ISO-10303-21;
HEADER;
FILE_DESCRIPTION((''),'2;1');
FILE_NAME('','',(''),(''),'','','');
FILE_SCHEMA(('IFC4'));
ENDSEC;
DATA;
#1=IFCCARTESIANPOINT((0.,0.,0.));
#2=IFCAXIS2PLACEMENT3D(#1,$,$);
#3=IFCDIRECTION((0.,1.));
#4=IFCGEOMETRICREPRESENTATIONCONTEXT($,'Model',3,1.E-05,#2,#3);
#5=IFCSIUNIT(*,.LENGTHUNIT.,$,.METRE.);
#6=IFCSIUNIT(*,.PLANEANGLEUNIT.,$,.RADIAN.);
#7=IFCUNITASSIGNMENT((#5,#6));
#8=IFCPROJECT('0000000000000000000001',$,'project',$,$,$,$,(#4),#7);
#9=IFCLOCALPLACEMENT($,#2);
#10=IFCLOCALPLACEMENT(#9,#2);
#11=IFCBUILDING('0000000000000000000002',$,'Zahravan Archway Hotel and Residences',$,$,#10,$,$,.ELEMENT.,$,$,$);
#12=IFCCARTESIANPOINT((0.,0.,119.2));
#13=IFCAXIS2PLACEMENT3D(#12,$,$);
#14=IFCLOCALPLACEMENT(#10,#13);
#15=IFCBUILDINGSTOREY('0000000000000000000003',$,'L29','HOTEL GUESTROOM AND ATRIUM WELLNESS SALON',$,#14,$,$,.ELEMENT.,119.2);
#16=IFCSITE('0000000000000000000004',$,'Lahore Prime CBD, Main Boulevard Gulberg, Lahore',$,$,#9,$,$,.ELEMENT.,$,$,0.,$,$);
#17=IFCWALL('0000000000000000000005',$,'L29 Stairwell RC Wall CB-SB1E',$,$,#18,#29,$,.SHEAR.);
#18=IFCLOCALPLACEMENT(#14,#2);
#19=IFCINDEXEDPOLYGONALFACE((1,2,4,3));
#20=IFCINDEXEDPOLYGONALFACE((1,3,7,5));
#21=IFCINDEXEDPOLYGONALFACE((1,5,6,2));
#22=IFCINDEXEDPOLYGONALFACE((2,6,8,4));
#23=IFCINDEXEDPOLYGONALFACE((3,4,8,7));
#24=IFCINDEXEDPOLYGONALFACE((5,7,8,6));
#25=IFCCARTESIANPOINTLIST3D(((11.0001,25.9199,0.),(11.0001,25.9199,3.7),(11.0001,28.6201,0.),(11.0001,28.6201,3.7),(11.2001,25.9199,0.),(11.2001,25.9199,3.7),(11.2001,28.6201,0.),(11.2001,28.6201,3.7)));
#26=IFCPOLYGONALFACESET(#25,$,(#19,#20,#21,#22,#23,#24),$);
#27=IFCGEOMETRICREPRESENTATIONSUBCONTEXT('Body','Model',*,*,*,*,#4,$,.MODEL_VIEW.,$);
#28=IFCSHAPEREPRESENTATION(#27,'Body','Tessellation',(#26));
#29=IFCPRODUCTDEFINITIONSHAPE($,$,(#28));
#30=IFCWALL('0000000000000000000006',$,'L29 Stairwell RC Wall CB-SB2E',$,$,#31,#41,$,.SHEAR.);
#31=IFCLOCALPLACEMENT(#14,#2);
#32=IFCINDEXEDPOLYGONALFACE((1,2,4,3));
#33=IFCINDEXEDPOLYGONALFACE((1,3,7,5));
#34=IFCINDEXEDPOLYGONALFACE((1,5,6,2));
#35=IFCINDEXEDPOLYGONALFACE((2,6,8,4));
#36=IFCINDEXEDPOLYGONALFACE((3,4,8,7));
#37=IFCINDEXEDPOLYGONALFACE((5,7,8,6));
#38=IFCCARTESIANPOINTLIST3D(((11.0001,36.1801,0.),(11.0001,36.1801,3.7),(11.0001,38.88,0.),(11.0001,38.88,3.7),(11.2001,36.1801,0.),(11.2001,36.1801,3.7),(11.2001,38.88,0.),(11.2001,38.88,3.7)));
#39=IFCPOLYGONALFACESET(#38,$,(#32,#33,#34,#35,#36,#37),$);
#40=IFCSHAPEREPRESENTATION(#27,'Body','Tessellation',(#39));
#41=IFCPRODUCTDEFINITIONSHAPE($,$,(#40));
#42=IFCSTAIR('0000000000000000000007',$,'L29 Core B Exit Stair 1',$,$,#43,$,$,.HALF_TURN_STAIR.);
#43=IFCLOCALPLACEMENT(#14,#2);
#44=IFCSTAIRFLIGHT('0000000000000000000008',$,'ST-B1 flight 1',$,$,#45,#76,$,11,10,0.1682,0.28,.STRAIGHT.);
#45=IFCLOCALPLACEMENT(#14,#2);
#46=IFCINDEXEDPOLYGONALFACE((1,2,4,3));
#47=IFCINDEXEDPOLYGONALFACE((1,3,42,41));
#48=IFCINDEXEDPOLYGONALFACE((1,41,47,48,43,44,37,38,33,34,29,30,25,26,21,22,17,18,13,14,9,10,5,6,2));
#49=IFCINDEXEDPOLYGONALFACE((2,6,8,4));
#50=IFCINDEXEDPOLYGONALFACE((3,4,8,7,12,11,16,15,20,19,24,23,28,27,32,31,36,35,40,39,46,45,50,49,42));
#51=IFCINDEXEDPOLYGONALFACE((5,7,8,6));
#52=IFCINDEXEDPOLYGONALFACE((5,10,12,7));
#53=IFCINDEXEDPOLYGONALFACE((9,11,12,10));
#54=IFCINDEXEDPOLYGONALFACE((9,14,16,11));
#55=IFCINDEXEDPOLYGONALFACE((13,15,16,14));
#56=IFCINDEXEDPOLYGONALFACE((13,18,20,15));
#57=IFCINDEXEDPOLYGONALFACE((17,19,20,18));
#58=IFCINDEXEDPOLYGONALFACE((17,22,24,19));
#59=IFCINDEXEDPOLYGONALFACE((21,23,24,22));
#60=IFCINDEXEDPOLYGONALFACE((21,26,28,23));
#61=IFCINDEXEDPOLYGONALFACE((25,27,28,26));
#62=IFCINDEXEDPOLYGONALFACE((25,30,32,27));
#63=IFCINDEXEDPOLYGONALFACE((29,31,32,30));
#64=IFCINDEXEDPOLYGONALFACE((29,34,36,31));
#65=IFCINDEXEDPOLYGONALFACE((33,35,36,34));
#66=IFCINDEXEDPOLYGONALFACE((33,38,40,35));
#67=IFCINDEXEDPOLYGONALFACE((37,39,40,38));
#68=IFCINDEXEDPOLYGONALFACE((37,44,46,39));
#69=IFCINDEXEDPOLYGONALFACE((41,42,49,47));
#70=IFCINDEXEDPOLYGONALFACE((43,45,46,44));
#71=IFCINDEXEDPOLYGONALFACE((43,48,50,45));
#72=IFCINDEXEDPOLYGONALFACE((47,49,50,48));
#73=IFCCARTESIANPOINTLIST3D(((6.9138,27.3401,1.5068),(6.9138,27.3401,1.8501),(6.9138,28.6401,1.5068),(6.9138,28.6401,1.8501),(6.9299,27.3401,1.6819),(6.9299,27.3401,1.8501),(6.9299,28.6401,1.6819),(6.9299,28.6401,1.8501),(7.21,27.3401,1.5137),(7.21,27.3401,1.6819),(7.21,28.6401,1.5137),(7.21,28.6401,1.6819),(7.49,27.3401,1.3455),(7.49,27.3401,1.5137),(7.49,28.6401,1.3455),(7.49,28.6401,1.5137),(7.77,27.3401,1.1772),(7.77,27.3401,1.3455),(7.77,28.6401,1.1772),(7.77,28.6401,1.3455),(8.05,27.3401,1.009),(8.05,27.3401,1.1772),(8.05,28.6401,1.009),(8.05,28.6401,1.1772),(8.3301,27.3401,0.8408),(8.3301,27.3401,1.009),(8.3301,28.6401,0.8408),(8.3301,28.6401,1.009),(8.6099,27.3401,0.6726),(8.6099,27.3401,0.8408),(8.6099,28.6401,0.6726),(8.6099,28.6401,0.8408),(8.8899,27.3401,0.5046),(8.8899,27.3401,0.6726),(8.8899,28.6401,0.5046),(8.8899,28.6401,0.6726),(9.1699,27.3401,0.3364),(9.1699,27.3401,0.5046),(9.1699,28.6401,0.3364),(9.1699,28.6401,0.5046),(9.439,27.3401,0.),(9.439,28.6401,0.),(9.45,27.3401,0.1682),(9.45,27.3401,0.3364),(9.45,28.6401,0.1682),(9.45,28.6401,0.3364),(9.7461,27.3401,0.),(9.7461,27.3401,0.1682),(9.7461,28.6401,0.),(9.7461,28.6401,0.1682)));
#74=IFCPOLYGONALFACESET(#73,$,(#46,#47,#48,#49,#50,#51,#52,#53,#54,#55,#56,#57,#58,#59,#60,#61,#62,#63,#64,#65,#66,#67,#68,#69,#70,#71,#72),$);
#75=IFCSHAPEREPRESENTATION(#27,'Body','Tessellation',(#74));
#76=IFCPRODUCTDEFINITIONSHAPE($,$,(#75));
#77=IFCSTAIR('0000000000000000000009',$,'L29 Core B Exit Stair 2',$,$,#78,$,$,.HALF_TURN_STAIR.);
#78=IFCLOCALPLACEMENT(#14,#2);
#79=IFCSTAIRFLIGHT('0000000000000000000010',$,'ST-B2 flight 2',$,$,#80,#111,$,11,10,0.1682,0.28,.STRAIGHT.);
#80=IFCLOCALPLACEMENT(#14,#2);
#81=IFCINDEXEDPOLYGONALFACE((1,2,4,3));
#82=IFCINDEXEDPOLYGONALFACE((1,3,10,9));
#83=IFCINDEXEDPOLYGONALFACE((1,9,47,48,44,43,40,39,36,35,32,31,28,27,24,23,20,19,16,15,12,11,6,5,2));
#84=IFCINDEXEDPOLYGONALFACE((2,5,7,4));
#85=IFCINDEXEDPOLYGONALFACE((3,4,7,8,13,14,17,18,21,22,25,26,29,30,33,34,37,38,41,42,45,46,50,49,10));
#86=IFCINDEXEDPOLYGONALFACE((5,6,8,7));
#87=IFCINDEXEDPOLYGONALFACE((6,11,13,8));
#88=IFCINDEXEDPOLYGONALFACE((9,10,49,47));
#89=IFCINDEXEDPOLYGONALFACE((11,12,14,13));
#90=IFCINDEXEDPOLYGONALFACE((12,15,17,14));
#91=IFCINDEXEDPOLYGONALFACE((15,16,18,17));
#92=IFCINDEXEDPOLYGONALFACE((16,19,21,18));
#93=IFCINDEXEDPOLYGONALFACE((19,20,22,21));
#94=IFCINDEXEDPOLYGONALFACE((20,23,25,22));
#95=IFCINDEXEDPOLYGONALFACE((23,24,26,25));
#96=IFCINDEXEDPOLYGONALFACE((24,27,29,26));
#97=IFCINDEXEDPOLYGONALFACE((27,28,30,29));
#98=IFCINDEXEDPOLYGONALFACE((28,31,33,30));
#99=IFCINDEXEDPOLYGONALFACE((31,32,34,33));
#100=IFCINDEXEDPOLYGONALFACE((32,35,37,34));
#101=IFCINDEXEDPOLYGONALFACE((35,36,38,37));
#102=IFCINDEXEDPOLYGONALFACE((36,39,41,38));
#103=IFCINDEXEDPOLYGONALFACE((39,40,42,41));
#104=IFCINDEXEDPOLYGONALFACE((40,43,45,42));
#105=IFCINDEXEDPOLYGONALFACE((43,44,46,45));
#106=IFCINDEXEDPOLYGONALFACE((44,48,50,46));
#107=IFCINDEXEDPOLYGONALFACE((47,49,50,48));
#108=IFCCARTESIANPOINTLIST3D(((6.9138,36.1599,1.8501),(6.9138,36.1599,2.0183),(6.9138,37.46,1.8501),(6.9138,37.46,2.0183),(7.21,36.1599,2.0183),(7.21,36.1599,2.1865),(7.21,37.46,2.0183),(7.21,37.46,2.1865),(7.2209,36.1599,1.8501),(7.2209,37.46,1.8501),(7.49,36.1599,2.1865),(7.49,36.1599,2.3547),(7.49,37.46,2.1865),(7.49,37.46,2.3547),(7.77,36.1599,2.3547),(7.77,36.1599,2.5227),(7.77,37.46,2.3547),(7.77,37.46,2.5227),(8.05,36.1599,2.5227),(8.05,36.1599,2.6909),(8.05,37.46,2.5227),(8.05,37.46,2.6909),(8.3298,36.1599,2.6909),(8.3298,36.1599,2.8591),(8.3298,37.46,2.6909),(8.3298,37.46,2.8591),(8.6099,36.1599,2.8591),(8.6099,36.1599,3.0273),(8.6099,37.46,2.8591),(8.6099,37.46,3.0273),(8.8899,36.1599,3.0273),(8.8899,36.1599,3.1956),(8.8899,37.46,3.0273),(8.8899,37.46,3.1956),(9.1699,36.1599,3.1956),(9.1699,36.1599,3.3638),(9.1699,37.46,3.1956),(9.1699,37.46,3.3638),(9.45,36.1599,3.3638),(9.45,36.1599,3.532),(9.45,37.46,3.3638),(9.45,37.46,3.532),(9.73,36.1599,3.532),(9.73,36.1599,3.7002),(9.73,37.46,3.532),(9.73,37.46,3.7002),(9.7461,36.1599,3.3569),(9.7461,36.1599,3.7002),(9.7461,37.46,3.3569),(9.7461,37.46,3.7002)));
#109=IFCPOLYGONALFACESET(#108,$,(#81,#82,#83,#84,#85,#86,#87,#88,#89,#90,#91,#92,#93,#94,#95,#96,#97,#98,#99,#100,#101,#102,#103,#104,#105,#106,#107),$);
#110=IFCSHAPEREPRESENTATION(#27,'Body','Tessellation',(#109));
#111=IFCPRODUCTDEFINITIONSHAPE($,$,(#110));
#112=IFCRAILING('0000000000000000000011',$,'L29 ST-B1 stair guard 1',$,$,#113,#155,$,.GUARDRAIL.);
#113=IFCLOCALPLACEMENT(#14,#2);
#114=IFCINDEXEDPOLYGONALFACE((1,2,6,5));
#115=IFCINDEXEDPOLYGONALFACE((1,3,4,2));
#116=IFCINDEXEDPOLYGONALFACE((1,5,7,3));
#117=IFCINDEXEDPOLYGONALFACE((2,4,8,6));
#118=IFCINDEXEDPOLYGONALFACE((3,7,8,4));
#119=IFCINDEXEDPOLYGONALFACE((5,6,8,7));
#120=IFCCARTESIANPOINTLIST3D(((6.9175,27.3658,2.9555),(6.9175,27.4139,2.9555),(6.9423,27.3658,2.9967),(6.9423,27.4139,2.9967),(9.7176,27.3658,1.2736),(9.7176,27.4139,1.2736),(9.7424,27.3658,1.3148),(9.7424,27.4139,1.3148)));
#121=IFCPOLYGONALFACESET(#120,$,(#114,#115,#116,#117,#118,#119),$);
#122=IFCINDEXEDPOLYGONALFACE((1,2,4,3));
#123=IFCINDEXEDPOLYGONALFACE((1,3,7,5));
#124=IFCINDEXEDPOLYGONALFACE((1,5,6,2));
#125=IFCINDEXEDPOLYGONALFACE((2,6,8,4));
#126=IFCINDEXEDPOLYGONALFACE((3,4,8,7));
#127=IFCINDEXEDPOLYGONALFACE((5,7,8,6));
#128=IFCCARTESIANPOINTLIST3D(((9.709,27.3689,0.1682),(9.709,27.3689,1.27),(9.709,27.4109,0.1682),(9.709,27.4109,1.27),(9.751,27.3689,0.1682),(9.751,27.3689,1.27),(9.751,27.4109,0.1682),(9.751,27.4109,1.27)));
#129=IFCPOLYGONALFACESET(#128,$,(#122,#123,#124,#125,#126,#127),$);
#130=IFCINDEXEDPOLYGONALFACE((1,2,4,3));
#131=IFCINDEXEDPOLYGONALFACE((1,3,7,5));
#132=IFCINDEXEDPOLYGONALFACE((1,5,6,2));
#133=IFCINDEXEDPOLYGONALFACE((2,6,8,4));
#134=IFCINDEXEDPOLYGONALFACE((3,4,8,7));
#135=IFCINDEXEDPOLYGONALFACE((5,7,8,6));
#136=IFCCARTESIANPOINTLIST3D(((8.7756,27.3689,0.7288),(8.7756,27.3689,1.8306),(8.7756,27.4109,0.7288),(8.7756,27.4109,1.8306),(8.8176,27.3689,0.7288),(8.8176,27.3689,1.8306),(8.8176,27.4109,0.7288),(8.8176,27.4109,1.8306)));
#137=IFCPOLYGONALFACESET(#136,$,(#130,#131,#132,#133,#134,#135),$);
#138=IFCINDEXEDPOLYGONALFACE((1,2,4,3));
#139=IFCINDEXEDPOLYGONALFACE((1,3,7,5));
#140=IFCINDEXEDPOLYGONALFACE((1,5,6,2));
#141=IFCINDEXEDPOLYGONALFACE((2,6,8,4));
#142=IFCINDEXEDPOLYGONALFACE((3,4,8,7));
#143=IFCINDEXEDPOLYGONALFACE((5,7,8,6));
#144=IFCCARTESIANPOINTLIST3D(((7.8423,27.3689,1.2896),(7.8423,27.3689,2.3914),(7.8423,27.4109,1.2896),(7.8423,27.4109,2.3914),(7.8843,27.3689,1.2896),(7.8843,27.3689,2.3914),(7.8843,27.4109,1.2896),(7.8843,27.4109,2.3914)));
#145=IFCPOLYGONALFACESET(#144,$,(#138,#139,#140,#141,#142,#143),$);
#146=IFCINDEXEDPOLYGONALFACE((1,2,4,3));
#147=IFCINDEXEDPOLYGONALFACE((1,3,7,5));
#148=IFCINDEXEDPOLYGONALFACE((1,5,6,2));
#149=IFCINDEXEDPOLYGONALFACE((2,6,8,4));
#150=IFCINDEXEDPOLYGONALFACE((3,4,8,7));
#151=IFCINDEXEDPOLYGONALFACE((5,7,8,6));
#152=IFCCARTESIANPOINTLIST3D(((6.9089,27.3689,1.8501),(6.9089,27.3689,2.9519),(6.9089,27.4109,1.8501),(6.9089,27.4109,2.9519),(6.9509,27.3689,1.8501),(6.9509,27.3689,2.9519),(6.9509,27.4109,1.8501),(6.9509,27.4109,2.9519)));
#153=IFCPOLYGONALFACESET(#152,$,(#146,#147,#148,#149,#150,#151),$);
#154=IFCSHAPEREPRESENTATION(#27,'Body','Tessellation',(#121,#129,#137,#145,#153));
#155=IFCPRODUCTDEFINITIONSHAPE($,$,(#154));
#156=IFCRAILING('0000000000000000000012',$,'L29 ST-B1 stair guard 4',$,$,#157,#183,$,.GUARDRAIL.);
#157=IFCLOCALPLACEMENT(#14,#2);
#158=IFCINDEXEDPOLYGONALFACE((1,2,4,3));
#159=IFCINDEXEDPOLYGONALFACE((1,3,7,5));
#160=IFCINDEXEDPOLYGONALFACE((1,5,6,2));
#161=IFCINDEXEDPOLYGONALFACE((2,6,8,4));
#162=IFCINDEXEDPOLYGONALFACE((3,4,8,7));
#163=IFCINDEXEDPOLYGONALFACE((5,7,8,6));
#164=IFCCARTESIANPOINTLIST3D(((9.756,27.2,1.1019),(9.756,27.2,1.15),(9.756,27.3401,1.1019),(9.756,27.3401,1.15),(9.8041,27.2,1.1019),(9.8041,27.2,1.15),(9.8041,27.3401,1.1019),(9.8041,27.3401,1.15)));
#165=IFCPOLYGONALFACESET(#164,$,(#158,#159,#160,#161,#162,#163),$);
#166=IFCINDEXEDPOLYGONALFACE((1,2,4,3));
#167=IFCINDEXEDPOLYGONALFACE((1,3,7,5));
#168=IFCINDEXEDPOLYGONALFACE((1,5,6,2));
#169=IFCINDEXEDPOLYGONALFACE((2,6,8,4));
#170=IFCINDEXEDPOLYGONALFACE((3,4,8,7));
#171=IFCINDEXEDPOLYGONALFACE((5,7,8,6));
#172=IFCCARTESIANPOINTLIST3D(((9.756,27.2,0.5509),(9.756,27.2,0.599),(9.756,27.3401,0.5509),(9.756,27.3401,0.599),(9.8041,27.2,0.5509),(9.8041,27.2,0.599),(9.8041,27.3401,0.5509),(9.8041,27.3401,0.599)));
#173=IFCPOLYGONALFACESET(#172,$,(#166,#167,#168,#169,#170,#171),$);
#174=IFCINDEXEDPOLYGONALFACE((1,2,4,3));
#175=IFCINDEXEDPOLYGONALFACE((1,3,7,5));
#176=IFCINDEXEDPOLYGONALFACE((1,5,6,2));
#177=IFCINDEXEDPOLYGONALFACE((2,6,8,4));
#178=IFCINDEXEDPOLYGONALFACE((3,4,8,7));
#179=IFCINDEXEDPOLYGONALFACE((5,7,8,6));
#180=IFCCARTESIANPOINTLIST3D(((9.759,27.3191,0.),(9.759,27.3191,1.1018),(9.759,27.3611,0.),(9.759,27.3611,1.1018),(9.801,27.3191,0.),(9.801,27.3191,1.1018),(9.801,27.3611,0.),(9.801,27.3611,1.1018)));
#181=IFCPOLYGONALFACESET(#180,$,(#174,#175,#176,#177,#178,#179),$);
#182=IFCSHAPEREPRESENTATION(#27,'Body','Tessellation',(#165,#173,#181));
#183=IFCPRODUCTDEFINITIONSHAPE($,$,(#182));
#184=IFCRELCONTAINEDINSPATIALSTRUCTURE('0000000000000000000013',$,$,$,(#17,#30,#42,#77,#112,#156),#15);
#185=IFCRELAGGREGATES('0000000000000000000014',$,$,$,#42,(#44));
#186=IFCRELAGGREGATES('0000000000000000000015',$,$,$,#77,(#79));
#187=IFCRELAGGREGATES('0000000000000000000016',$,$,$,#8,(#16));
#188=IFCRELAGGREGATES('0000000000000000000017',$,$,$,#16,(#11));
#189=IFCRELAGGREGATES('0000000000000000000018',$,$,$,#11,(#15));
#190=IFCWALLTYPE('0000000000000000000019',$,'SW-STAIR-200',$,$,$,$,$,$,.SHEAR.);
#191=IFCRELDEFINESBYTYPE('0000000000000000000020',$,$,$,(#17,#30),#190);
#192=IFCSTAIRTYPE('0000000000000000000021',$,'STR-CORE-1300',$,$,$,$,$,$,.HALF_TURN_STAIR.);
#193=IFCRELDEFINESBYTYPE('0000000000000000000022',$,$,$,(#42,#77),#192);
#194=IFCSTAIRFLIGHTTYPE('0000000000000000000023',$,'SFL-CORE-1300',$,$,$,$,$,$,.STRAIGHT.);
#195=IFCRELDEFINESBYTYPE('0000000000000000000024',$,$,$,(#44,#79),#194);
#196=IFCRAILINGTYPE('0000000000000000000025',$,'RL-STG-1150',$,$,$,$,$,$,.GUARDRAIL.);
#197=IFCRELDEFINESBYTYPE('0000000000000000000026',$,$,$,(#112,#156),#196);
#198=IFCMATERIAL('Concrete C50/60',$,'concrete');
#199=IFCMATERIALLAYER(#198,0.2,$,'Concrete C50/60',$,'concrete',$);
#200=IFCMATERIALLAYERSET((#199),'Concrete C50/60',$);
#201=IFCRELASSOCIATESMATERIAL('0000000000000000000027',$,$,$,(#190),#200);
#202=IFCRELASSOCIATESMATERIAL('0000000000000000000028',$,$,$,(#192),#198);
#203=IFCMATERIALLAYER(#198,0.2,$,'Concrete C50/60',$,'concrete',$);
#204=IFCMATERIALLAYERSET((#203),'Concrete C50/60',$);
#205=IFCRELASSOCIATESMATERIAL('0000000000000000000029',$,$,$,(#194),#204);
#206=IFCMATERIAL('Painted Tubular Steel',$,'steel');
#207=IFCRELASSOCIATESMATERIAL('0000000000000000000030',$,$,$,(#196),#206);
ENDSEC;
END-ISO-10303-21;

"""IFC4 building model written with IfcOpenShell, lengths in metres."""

from ifc_helpers import new_model, si_unit, direction, frame, frame_2d, origin, origin_2d, place, context, subcontext, project, spatial, polyline, rectangle, outline, extrude, source, transform, mapped, material, layer, layer_set, type_object, element, aggregate, save


model = new_model("IFC4")

# Units and contexts
model_context = context("Model", 3, precision=1e-05, world=origin(), true_north=direction((0.0, 1.0)))
body_context = subcontext(model_context, "Body", "Model", "MODEL_VIEW")
ifc_project = project(units=[si_unit("LENGTHUNIT", "METRE"), si_unit("PLANEANGLEUNIT", "RADIAN")], contexts=[model_context])

# Site, building, storey
site_placement = place(None, origin())
site = spatial("IfcSite", under=ifc_project, at=site_placement, Name="Lahore Prime CBD, Main Boulevard Gulberg, Lahore", CompositionType="ELEMENT", RefElevation=0.0)
building_placement = place(site_placement, origin())
building = spatial("IfcBuilding", under=site, at=building_placement, Name="Zahravan Archway Hotel and Residences", CompositionType="ELEMENT")
storey_placement = place(building_placement, frame((0.0, 0.0, 119.2)))
storey = spatial("IfcBuildingStorey", under=building, at=storey_placement, Name="L29", Description="HOTEL GUESTROOM AND ATRIUM WELLNESS SALON", CompositionType="ELEMENT", Elevation=119.2)

# Walls
ifc_material_1 = material(Name="Concrete C50/60", Category="concrete")
ifc_layer_1 = layer(ifc_material_1, 0.2, Name="Concrete C50/60", Category="concrete")
ifc_layer_set_1 = layer_set([ifc_layer_1], Name="Concrete C50/60")
wall_type_1 = type_object("IfcWallType", Name="SW-STAIR-200", PredefinedType="SHEAR", material=ifc_layer_set_1)
wall_1_placement = place(storey_placement, frame((11.1001, 25.9199, 0.0), z_axis=(0.0, 0.0, 1.0), x_axis=(0.0, 1.0, 0.0)))
element("IfcWall", 1, at=wall_1_placement, inside=storey, type_object=wall_type_1, Name="L29 Stairwell RC Wall CB-SB1E", PredefinedType="SHEAR", context=body_context, shape_type="SweptSolid", body=[
    extrude(rectangle(XDim=2.7002, YDim=0.2, at=frame_2d((1.3501, 0.0))), origin(), (0.0, 0.0, 1.0), 3.7),
])
wall_2_placement = place(storey_placement, frame((11.1001, 36.1799, 0.0), z_axis=(0.0, 0.0, 1.0), x_axis=(0.0, 1.0, 0.0)))
element("IfcWall", 2, at=wall_2_placement, inside=storey, type_object=wall_type_1, Name="L29 Stairwell RC Wall CB-SB2E", PredefinedType="SHEAR", context=body_context, shape_type="SweptSolid", body=[
    extrude(rectangle(XDim=2.7, YDim=0.2, at=frame_2d((1.3501, 0.0))), origin(), (0.0, 0.0, 1.0), 3.7),
])

# Stairs, stair flights
stair_type = type_object("IfcStairType", Name="STR-CORE-1300", PredefinedType="HALF_TURN_STAIR", material=ifc_material_1)
stair_1_placement = place(storey_placement, origin())
stair_1 = element("IfcStair", 3, at=stair_1_placement, inside=storey, type_object=stair_type, Name="L29 Core B Exit Stair 1", PredefinedType="HALF_TURN_STAIR")
ifc_layer_2 = layer(ifc_material_1, 0.2, Name="Concrete C50/60", Category="concrete")
ifc_layer_set_2 = layer_set([ifc_layer_2], Name="Concrete C50/60")
stair_flight_type = type_object("IfcStairFlightType", Name="SFL-CORE-1300", PredefinedType="STRAIGHT", material=ifc_layer_set_2)
shared_shape_1 = source(origin(), body_context, "Body", "SweptSolid", [
    extrude(outline(polyline([(-0.0161, 0.0), (-0.0161, 0.1682), (0.28, 0.1682), (0.28, 0.3364), (0.5601, 0.3364), (0.5601, 0.5046), (0.8401, 0.5046), (0.8401, 0.6726), (1.1201, 0.6726), (1.1201, 0.8408), (1.3999, 0.8408), (1.3999, 1.009), (1.6799, 1.009), (1.6799, 1.1772), (1.96, 1.1772), (1.96, 1.3455), (2.24, 1.3455), (2.24, 1.5137), (2.52, 1.5137), (2.52, 1.6819), (2.8, 1.6819), (2.8, 1.8501), (2.8162, 1.8501), (2.8162, 1.5068), (0.291, 0.0), (-0.0161, 0.0)])), frame((0.0, 0.6499, 0.0), z_axis=(0.0, -1.0, 0.0), x_axis=(1.0, 0.0, 0.0)), (0.0, 0.0, 1.0), 1.3),
])
stair_flight_1_placement = place(storey_placement, frame((9.73, 27.99, 0.0), z_axis=(0.0, 0.0, 1.0), x_axis=(-1.0, 0.0, 0.0)))
stair_flight_1 = element("IfcStairFlight", 4, at=stair_flight_1_placement, type_object=stair_flight_type, Name="ST-B1 flight 1", NumberOfRisers=11, NumberOfTreads=10, PredefinedType="STRAIGHT", RiserHeight=0.1682, TreadLength=0.28, context=body_context, shape_type="MappedRepresentation", body=[
    mapped(shared_shape_1, transform((0.0, 0.0, 0.0), scale=1.0)),
])
aggregate(stair_1, [stair_flight_1])
stair_2_placement = place(storey_placement, origin())
stair_2 = element("IfcStair", 5, at=stair_2_placement, inside=storey, type_object=stair_type, Name="L29 Core B Exit Stair 2", PredefinedType="HALF_TURN_STAIR")
stair_flight_2_placement = place(storey_placement, frame((6.9299, 36.8101, 1.8501), z_axis=(0.0, 0.0, 1.0), x_axis=(1.0, 0.0, 0.0)))
stair_flight_2 = element("IfcStairFlight", 6, at=stair_flight_2_placement, type_object=stair_flight_type, Name="ST-B2 flight 2", NumberOfRisers=11, NumberOfTreads=10, PredefinedType="STRAIGHT", RiserHeight=0.1682, TreadLength=0.28, context=body_context, shape_type="MappedRepresentation", body=[
    mapped(shared_shape_1, transform((0.0, 0.0, 0.0), scale=1.0)),
])
aggregate(stair_2, [stair_flight_2])

# Railings
ifc_material_2 = material(Name="Painted Tubular Steel", Category="steel")
railing_type_1 = type_object("IfcRailingType", Name="RL-STG-1150", PredefinedType="GUARDRAIL", material=ifc_material_2)
railing_1_placement = place(storey_placement, frame((9.73, 27.3899, 0.1682)))
element("IfcRailing", 7, at=railing_1_placement, inside=storey, type_object=railing_type_1, Name="L29 ST-B1 stair guard 1", PredefinedType="GUARDRAIL", context=body_context, shape_type="SweptSolid", body=[
    extrude(rectangle(XDim=0.0481, YDim=0.0481, at=origin_2d()), frame((0.0, 0.0, 1.126), z_axis=(-0.857242, 0.0, 0.514913), x_axis=(0.0, -1.0, 0.0)), (0.0, 0.0, 1.0), 3.2664),
    extrude(rectangle(XDim=0.042, YDim=0.042, at=origin_2d()), origin(), (0.0, 0.0, 1.0), 1.1018),
    extrude(rectangle(XDim=0.042, YDim=0.042, at=origin_2d()), frame((-0.9333, 0.0, 0.5605)), (0.0, 0.0, 1.0), 1.1018),
    extrude(rectangle(XDim=0.042, YDim=0.042, at=origin_2d()), frame((-1.8667, 0.0, 1.1213)), (0.0, 0.0, 1.0), 1.1018),
    extrude(rectangle(XDim=0.042, YDim=0.042, at=origin_2d()), frame((-2.8, 0.0, 1.6819)), (0.0, 0.0, 1.0), 1.1018),
])
railing_2_placement = place(storey_placement, frame((9.78, 27.3401, 0.0)))
element("IfcRailing", 8, at=railing_2_placement, inside=storey, type_object=railing_type_1, Name="L29 ST-B1 stair guard 4", PredefinedType="GUARDRAIL", context=body_context, shape_type="SweptSolid", body=[
    extrude(rectangle(XDim=0.0481, YDim=0.0481, at=origin_2d()), frame((0.0, 0.0, 1.126), z_axis=(0.0, -1.0, 0.0), x_axis=(1.0, 0.0, 0.0)), (0.0, 0.0, 1.0), 0.1401),
    extrude(rectangle(XDim=0.0481, YDim=0.0481, at=origin_2d()), frame((0.0, 0.0, 0.575), z_axis=(0.0, -1.0, 0.0), x_axis=(1.0, 0.0, 0.0)), (0.0, 0.0, 1.0), 0.1401),
    extrude(rectangle(XDim=0.042, YDim=0.042, at=origin_2d()), origin(), (0.0, 0.0, 1.0), 1.1018),
])

save(model, "model.ifc")
